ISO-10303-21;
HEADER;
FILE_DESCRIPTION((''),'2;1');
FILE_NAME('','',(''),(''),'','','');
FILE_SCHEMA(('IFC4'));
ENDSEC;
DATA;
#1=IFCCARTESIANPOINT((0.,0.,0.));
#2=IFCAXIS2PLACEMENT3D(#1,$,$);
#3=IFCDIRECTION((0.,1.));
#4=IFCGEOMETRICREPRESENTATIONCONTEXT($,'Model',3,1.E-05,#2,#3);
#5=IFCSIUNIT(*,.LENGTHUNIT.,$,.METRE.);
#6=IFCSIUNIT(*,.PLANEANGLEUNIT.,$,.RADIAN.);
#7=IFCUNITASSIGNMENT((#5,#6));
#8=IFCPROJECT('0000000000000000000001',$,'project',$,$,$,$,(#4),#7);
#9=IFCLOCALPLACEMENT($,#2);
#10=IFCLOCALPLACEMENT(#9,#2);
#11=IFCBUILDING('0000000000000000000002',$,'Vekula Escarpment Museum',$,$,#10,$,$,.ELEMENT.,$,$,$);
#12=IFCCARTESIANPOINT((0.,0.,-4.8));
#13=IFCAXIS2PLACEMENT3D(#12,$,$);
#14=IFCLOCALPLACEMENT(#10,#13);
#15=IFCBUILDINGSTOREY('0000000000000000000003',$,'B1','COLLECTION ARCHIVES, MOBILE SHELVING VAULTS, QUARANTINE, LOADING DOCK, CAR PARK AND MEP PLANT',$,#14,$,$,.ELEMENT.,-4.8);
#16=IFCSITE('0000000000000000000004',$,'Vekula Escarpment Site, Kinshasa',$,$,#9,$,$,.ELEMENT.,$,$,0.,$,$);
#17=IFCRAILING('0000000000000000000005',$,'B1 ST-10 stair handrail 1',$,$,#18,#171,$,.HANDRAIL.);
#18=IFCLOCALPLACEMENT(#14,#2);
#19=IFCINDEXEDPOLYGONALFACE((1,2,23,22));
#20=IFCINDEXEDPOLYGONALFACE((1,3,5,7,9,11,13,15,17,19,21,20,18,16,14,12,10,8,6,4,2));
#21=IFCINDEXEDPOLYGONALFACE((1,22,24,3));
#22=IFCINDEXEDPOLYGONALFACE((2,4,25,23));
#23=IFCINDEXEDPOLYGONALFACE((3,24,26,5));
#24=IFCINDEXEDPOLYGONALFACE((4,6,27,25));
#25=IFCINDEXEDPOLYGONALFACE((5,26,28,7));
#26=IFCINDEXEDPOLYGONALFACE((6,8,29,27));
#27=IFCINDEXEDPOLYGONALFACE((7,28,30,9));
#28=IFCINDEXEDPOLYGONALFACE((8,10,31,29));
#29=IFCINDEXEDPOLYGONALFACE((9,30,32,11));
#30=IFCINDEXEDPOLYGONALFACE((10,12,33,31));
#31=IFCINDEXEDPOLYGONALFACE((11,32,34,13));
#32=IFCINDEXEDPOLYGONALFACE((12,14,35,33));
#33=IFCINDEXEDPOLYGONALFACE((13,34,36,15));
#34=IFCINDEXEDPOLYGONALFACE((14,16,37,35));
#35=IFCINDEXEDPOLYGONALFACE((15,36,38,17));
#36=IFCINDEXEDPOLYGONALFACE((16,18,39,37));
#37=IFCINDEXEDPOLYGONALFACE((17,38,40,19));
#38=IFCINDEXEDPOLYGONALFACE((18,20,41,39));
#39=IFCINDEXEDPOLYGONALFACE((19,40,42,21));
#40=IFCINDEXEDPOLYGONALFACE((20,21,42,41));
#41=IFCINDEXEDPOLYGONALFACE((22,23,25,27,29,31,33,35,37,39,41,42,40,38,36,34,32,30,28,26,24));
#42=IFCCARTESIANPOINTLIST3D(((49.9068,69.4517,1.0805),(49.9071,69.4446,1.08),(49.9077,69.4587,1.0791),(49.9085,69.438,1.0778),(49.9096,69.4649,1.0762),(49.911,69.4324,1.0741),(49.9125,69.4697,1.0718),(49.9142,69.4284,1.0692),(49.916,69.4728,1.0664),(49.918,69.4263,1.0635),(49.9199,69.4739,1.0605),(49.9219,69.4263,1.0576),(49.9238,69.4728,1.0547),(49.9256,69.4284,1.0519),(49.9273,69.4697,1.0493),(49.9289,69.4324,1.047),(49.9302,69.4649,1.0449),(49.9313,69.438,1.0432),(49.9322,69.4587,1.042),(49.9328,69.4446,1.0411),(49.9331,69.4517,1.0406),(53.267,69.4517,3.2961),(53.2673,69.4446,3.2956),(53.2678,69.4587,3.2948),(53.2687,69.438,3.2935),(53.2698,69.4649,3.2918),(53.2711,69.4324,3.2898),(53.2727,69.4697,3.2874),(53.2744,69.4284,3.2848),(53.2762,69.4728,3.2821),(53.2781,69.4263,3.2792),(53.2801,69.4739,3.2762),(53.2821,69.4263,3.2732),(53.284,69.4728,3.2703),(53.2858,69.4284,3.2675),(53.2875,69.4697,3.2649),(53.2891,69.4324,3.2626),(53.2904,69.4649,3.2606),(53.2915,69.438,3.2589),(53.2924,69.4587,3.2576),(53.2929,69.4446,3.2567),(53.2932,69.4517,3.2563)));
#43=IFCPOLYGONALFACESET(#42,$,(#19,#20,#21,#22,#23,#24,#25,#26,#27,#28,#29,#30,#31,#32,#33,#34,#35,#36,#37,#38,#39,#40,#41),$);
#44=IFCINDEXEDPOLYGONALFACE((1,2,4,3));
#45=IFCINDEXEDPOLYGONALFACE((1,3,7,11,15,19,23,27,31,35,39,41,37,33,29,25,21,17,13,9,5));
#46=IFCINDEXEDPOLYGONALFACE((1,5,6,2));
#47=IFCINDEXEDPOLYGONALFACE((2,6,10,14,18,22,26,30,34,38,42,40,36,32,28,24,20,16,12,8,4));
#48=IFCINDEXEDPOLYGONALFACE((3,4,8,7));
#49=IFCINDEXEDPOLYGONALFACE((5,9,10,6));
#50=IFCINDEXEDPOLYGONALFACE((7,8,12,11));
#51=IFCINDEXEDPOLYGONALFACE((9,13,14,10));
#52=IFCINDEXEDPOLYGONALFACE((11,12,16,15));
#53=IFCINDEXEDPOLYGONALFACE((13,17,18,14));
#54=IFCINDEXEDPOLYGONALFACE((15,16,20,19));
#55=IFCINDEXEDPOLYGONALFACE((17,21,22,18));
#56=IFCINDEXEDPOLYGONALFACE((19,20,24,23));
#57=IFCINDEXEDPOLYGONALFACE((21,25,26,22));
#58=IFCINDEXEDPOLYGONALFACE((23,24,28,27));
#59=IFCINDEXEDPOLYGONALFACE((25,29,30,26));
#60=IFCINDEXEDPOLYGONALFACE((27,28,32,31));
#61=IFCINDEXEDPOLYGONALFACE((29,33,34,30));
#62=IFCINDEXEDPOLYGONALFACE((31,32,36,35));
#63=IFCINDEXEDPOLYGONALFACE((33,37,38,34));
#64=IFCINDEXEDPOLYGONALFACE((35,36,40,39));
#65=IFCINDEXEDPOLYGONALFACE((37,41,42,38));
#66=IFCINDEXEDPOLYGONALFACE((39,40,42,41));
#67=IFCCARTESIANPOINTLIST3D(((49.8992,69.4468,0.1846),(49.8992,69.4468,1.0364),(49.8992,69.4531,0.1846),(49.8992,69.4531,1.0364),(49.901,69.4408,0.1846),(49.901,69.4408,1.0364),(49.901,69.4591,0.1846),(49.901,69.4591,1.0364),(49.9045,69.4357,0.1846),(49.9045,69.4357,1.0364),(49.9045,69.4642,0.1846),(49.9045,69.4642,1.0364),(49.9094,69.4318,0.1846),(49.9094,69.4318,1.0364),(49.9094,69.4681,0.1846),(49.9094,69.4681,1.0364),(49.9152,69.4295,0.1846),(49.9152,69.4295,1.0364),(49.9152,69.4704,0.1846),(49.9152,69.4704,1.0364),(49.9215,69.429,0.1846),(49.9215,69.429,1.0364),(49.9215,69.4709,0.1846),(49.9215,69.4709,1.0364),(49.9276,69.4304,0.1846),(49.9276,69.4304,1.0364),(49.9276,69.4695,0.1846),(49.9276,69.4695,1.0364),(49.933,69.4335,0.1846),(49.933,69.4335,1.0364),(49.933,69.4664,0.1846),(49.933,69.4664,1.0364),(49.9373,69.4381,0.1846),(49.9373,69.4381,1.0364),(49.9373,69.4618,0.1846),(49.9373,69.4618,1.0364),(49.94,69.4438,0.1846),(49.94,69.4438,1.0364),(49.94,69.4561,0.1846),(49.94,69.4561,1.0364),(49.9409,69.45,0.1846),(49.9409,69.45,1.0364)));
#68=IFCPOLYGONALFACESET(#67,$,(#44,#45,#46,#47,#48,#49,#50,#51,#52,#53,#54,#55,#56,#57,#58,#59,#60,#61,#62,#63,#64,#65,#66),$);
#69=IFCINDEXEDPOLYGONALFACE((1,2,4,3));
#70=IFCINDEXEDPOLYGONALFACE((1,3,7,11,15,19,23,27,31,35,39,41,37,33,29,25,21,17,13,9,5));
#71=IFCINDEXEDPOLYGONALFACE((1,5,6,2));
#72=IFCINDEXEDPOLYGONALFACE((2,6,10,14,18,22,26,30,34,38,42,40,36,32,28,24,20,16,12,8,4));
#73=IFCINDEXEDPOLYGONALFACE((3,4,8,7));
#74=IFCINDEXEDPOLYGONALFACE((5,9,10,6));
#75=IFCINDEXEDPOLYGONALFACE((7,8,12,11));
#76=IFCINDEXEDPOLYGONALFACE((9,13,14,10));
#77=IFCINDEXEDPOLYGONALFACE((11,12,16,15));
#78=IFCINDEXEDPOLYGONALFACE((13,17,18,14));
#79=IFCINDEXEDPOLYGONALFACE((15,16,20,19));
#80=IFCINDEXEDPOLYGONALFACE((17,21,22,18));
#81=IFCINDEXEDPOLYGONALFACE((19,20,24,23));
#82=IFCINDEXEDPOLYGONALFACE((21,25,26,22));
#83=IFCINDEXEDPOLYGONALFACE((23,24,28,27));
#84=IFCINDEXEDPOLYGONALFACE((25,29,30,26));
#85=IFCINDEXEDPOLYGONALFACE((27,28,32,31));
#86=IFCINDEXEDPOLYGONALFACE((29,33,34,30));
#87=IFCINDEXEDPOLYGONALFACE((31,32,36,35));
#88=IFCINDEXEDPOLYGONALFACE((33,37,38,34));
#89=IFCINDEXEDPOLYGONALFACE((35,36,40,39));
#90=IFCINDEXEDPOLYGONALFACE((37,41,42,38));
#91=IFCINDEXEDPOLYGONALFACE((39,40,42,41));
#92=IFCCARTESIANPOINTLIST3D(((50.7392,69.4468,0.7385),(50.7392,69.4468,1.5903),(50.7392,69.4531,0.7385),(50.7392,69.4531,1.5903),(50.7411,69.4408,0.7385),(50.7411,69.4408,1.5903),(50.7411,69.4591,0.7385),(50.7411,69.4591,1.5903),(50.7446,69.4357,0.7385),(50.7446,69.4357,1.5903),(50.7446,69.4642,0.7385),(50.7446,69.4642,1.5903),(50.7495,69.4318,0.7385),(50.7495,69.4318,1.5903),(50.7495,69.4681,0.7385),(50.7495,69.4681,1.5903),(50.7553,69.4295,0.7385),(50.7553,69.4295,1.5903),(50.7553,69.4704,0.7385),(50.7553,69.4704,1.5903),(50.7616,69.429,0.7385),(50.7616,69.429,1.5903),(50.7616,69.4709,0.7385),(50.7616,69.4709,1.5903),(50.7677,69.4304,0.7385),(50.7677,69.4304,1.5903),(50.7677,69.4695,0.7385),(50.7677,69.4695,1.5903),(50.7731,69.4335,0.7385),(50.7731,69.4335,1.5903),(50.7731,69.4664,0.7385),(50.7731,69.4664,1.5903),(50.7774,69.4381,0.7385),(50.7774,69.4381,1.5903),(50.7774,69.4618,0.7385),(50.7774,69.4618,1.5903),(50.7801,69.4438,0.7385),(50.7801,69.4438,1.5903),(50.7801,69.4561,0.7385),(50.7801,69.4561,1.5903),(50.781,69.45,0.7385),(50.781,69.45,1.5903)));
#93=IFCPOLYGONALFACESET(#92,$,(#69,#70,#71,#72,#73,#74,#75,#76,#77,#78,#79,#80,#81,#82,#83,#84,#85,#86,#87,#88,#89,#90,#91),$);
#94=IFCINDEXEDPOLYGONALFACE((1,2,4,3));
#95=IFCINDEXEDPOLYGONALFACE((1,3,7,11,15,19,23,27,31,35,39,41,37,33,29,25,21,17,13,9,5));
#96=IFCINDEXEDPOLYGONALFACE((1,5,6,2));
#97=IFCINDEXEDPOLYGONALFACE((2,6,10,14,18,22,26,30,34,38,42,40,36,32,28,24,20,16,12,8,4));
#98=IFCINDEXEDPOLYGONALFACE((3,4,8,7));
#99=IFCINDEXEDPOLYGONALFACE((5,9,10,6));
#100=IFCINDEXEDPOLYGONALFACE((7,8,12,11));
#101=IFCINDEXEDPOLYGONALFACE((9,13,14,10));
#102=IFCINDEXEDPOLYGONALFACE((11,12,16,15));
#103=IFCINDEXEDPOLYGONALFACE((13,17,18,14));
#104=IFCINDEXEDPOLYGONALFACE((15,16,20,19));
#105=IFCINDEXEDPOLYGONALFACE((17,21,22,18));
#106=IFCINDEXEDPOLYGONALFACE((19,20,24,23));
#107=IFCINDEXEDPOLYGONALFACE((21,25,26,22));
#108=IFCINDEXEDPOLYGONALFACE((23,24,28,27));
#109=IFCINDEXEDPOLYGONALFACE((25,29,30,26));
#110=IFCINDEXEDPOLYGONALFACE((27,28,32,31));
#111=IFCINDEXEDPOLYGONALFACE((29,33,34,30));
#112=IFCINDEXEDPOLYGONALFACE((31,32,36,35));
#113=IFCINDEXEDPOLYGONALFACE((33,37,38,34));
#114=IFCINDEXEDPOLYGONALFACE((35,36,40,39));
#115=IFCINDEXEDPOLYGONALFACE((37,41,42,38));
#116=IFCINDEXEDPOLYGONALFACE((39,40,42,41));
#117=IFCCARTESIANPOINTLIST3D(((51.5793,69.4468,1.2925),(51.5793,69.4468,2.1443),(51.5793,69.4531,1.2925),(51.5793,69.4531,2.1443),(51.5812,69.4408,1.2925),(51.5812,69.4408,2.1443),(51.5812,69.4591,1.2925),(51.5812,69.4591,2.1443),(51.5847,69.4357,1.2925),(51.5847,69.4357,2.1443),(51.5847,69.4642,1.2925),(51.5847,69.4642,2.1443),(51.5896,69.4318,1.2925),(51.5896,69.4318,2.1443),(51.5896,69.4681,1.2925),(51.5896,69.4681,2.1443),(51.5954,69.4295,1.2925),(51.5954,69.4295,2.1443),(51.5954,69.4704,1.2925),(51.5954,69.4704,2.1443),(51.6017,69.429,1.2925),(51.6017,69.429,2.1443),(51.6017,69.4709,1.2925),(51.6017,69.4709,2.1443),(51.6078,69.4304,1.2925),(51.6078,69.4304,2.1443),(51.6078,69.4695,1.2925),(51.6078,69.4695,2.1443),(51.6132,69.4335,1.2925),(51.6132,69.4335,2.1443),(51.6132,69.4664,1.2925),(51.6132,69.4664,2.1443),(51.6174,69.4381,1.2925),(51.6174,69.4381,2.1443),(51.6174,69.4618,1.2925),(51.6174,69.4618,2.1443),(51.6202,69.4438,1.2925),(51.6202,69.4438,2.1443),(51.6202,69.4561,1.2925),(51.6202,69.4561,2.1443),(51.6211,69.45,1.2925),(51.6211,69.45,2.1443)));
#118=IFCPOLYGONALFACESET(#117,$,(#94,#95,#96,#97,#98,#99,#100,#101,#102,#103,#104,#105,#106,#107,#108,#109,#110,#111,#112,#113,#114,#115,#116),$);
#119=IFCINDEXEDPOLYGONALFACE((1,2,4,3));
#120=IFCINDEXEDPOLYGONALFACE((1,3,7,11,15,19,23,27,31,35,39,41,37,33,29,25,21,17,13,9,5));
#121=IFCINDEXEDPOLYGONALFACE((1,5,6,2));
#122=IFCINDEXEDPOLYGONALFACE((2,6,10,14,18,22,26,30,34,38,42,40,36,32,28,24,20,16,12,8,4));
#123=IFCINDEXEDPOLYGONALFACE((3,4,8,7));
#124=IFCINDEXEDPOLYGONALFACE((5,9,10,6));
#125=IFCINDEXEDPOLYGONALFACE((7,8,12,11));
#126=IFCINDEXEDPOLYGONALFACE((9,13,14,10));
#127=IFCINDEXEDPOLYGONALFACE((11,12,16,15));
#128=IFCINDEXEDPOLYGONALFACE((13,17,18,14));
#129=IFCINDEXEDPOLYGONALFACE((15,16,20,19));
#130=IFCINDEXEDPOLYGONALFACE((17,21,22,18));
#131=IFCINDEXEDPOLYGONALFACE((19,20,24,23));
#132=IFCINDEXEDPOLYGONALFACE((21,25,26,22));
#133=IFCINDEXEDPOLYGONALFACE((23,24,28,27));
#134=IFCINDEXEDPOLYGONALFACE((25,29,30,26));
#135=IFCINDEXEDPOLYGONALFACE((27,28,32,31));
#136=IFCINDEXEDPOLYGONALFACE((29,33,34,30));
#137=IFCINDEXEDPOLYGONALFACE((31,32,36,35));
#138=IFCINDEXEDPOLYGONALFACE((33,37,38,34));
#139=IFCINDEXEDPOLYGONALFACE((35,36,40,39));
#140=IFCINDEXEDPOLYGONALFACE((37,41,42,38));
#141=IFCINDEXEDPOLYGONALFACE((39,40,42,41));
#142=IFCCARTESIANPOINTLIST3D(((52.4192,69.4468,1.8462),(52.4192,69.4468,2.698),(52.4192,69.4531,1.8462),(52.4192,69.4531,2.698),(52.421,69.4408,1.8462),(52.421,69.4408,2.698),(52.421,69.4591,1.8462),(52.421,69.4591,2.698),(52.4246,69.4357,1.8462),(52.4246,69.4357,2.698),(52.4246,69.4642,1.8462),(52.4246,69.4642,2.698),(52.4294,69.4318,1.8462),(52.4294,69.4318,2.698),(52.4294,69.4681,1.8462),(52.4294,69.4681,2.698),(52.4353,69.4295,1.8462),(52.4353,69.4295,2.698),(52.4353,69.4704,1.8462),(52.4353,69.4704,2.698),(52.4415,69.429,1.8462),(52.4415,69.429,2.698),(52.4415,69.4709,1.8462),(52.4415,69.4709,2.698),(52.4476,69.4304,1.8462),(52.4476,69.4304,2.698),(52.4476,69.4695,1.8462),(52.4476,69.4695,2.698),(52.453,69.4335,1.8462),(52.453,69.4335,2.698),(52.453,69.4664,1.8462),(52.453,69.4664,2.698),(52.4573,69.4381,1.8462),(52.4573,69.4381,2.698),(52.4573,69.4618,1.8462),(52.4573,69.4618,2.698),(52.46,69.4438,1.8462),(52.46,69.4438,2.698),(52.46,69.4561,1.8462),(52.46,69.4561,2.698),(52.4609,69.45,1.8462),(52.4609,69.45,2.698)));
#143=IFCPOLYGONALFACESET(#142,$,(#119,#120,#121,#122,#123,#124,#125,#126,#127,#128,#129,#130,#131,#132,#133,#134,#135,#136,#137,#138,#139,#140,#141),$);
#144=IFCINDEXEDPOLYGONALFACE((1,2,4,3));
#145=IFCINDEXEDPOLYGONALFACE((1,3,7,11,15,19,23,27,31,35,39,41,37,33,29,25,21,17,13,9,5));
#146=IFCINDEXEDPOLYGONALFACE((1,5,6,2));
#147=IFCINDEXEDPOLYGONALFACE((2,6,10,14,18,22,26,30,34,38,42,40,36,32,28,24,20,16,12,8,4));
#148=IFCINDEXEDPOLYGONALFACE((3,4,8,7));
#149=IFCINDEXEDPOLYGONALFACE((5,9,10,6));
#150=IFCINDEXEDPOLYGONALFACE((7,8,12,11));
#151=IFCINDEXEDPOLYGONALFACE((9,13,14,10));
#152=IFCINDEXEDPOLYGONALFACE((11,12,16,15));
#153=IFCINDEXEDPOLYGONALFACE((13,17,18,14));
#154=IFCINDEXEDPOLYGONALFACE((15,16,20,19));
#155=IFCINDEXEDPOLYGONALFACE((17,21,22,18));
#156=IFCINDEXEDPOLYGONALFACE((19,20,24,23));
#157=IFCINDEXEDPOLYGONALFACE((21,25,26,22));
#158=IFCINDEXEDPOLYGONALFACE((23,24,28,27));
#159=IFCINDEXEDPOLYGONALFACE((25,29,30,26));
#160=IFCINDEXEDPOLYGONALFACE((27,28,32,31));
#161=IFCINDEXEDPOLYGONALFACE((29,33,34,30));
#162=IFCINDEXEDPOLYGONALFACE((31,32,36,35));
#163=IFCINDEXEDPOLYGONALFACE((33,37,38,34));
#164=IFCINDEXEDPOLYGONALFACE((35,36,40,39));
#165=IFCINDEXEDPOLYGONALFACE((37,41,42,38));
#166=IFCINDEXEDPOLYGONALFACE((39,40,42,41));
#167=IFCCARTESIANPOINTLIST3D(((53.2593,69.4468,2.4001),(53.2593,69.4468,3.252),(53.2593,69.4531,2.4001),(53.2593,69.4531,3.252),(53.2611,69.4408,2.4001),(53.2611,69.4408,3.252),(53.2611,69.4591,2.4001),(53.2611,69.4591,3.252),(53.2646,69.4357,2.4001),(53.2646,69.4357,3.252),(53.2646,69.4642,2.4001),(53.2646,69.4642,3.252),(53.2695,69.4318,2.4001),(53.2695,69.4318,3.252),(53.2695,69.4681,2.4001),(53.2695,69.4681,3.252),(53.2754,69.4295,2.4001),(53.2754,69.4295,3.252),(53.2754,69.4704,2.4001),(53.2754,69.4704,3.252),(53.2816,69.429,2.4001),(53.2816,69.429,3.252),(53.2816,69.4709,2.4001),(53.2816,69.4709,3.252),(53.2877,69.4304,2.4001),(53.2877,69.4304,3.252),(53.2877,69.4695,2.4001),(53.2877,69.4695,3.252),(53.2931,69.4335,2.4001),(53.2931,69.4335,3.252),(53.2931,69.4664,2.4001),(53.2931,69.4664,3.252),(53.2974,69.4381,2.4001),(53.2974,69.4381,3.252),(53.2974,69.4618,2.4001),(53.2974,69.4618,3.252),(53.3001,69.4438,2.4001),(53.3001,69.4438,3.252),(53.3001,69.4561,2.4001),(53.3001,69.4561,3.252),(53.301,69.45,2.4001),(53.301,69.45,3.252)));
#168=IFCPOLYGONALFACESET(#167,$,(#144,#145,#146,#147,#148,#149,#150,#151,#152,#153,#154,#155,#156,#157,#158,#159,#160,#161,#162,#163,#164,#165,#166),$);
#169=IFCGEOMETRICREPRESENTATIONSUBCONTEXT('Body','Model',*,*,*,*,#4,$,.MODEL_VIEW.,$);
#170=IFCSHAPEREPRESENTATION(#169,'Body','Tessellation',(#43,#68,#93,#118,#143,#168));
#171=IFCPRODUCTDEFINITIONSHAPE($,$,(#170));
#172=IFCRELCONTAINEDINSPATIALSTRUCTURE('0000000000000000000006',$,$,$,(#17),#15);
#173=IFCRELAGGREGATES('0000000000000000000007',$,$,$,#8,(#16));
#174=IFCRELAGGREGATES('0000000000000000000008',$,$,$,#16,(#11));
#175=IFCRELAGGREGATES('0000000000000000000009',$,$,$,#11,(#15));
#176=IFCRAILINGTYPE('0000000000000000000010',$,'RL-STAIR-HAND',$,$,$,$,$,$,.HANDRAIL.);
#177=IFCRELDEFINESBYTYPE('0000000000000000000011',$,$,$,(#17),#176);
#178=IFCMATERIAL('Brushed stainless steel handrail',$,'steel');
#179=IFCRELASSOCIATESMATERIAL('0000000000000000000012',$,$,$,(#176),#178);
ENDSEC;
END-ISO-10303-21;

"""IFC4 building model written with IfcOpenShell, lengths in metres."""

from ifc_helpers import new_model, si_unit, direction, frame, origin, origin_2d, place, context, subcontext, project, spatial, circle, extrude, material, type_object, element, save


model = new_model("IFC4")

# Units and contexts
model_context = context("Model", 3, precision=1e-05, world=origin(), true_north=direction((0.0, 1.0)))
body_context = subcontext(model_context, "Body", "Model", "MODEL_VIEW")
ifc_project = project(units=[si_unit("LENGTHUNIT", "METRE"), si_unit("PLANEANGLEUNIT", "RADIAN")], contexts=[model_context])

# Site, building, storey
site_placement = place(None, origin())
site = spatial("IfcSite", under=ifc_project, at=site_placement, Name="Vekula Escarpment Site, Kinshasa", CompositionType="ELEMENT", RefElevation=0.0)
building_placement = place(site_placement, origin())
building = spatial("IfcBuilding", under=site, at=building_placement, Name="Vekula Escarpment Museum", CompositionType="ELEMENT")
storey_placement = place(building_placement, frame((0.0, 0.0, -4.8)))
storey = spatial("IfcBuildingStorey", under=building, at=storey_placement, Name="B1", Description="COLLECTION ARCHIVES, MOBILE SHELVING VAULTS, QUARANTINE, LOADING DOCK, CAR PARK AND MEP PLANT", CompositionType="ELEMENT", Elevation=-4.8)

# Railing
ifc_material_1 = material(Name="Brushed stainless steel handrail", Category="steel")
railing_type = type_object("IfcRailingType", Name="RL-STAIR-HAND", PredefinedType="HANDRAIL", material=ifc_material_1)
railing_placement = place(storey_placement, frame((49.9199, 69.45, 0.1846)))
element("IfcRailing", 1, at=railing_placement, inside=storey, type_object=railing_type, Name="B1 ST-10 stair handrail 1", PredefinedType="HANDRAIL", context=body_context, shape_type="SweptSolid", body=[
    extrude(circle(Radius=0.0239, at=origin_2d()), frame((0.0, 0.0, 0.876), z_axis=(0.834849, 0.0, 0.55048), x_axis=(0.0, 1.0, 0.0)), (0.0, 0.0, 1.0), 4.0249),
    extrude(circle(Radius=0.021, at=origin_2d()), origin(), (0.0, 0.0, 1.0), 0.8518),
    extrude(circle(Radius=0.021, at=origin_2d()), frame((0.8401, 0.0, 0.554)), (0.0, 0.0, 1.0), 0.8518),
    extrude(circle(Radius=0.021, at=origin_2d()), frame((1.6802, 0.0, 1.1079)), (0.0, 0.0, 1.0), 0.8518),
    extrude(circle(Radius=0.021, at=origin_2d()), frame((2.52, 0.0, 1.6616)), (0.0, 0.0, 1.0), 0.8518),
    extrude(circle(Radius=0.021, at=origin_2d()), frame((3.3601, 0.0, 2.2156)), (0.0, 0.0, 1.0), 0.8518),
])

save(model, "model.ifc")
